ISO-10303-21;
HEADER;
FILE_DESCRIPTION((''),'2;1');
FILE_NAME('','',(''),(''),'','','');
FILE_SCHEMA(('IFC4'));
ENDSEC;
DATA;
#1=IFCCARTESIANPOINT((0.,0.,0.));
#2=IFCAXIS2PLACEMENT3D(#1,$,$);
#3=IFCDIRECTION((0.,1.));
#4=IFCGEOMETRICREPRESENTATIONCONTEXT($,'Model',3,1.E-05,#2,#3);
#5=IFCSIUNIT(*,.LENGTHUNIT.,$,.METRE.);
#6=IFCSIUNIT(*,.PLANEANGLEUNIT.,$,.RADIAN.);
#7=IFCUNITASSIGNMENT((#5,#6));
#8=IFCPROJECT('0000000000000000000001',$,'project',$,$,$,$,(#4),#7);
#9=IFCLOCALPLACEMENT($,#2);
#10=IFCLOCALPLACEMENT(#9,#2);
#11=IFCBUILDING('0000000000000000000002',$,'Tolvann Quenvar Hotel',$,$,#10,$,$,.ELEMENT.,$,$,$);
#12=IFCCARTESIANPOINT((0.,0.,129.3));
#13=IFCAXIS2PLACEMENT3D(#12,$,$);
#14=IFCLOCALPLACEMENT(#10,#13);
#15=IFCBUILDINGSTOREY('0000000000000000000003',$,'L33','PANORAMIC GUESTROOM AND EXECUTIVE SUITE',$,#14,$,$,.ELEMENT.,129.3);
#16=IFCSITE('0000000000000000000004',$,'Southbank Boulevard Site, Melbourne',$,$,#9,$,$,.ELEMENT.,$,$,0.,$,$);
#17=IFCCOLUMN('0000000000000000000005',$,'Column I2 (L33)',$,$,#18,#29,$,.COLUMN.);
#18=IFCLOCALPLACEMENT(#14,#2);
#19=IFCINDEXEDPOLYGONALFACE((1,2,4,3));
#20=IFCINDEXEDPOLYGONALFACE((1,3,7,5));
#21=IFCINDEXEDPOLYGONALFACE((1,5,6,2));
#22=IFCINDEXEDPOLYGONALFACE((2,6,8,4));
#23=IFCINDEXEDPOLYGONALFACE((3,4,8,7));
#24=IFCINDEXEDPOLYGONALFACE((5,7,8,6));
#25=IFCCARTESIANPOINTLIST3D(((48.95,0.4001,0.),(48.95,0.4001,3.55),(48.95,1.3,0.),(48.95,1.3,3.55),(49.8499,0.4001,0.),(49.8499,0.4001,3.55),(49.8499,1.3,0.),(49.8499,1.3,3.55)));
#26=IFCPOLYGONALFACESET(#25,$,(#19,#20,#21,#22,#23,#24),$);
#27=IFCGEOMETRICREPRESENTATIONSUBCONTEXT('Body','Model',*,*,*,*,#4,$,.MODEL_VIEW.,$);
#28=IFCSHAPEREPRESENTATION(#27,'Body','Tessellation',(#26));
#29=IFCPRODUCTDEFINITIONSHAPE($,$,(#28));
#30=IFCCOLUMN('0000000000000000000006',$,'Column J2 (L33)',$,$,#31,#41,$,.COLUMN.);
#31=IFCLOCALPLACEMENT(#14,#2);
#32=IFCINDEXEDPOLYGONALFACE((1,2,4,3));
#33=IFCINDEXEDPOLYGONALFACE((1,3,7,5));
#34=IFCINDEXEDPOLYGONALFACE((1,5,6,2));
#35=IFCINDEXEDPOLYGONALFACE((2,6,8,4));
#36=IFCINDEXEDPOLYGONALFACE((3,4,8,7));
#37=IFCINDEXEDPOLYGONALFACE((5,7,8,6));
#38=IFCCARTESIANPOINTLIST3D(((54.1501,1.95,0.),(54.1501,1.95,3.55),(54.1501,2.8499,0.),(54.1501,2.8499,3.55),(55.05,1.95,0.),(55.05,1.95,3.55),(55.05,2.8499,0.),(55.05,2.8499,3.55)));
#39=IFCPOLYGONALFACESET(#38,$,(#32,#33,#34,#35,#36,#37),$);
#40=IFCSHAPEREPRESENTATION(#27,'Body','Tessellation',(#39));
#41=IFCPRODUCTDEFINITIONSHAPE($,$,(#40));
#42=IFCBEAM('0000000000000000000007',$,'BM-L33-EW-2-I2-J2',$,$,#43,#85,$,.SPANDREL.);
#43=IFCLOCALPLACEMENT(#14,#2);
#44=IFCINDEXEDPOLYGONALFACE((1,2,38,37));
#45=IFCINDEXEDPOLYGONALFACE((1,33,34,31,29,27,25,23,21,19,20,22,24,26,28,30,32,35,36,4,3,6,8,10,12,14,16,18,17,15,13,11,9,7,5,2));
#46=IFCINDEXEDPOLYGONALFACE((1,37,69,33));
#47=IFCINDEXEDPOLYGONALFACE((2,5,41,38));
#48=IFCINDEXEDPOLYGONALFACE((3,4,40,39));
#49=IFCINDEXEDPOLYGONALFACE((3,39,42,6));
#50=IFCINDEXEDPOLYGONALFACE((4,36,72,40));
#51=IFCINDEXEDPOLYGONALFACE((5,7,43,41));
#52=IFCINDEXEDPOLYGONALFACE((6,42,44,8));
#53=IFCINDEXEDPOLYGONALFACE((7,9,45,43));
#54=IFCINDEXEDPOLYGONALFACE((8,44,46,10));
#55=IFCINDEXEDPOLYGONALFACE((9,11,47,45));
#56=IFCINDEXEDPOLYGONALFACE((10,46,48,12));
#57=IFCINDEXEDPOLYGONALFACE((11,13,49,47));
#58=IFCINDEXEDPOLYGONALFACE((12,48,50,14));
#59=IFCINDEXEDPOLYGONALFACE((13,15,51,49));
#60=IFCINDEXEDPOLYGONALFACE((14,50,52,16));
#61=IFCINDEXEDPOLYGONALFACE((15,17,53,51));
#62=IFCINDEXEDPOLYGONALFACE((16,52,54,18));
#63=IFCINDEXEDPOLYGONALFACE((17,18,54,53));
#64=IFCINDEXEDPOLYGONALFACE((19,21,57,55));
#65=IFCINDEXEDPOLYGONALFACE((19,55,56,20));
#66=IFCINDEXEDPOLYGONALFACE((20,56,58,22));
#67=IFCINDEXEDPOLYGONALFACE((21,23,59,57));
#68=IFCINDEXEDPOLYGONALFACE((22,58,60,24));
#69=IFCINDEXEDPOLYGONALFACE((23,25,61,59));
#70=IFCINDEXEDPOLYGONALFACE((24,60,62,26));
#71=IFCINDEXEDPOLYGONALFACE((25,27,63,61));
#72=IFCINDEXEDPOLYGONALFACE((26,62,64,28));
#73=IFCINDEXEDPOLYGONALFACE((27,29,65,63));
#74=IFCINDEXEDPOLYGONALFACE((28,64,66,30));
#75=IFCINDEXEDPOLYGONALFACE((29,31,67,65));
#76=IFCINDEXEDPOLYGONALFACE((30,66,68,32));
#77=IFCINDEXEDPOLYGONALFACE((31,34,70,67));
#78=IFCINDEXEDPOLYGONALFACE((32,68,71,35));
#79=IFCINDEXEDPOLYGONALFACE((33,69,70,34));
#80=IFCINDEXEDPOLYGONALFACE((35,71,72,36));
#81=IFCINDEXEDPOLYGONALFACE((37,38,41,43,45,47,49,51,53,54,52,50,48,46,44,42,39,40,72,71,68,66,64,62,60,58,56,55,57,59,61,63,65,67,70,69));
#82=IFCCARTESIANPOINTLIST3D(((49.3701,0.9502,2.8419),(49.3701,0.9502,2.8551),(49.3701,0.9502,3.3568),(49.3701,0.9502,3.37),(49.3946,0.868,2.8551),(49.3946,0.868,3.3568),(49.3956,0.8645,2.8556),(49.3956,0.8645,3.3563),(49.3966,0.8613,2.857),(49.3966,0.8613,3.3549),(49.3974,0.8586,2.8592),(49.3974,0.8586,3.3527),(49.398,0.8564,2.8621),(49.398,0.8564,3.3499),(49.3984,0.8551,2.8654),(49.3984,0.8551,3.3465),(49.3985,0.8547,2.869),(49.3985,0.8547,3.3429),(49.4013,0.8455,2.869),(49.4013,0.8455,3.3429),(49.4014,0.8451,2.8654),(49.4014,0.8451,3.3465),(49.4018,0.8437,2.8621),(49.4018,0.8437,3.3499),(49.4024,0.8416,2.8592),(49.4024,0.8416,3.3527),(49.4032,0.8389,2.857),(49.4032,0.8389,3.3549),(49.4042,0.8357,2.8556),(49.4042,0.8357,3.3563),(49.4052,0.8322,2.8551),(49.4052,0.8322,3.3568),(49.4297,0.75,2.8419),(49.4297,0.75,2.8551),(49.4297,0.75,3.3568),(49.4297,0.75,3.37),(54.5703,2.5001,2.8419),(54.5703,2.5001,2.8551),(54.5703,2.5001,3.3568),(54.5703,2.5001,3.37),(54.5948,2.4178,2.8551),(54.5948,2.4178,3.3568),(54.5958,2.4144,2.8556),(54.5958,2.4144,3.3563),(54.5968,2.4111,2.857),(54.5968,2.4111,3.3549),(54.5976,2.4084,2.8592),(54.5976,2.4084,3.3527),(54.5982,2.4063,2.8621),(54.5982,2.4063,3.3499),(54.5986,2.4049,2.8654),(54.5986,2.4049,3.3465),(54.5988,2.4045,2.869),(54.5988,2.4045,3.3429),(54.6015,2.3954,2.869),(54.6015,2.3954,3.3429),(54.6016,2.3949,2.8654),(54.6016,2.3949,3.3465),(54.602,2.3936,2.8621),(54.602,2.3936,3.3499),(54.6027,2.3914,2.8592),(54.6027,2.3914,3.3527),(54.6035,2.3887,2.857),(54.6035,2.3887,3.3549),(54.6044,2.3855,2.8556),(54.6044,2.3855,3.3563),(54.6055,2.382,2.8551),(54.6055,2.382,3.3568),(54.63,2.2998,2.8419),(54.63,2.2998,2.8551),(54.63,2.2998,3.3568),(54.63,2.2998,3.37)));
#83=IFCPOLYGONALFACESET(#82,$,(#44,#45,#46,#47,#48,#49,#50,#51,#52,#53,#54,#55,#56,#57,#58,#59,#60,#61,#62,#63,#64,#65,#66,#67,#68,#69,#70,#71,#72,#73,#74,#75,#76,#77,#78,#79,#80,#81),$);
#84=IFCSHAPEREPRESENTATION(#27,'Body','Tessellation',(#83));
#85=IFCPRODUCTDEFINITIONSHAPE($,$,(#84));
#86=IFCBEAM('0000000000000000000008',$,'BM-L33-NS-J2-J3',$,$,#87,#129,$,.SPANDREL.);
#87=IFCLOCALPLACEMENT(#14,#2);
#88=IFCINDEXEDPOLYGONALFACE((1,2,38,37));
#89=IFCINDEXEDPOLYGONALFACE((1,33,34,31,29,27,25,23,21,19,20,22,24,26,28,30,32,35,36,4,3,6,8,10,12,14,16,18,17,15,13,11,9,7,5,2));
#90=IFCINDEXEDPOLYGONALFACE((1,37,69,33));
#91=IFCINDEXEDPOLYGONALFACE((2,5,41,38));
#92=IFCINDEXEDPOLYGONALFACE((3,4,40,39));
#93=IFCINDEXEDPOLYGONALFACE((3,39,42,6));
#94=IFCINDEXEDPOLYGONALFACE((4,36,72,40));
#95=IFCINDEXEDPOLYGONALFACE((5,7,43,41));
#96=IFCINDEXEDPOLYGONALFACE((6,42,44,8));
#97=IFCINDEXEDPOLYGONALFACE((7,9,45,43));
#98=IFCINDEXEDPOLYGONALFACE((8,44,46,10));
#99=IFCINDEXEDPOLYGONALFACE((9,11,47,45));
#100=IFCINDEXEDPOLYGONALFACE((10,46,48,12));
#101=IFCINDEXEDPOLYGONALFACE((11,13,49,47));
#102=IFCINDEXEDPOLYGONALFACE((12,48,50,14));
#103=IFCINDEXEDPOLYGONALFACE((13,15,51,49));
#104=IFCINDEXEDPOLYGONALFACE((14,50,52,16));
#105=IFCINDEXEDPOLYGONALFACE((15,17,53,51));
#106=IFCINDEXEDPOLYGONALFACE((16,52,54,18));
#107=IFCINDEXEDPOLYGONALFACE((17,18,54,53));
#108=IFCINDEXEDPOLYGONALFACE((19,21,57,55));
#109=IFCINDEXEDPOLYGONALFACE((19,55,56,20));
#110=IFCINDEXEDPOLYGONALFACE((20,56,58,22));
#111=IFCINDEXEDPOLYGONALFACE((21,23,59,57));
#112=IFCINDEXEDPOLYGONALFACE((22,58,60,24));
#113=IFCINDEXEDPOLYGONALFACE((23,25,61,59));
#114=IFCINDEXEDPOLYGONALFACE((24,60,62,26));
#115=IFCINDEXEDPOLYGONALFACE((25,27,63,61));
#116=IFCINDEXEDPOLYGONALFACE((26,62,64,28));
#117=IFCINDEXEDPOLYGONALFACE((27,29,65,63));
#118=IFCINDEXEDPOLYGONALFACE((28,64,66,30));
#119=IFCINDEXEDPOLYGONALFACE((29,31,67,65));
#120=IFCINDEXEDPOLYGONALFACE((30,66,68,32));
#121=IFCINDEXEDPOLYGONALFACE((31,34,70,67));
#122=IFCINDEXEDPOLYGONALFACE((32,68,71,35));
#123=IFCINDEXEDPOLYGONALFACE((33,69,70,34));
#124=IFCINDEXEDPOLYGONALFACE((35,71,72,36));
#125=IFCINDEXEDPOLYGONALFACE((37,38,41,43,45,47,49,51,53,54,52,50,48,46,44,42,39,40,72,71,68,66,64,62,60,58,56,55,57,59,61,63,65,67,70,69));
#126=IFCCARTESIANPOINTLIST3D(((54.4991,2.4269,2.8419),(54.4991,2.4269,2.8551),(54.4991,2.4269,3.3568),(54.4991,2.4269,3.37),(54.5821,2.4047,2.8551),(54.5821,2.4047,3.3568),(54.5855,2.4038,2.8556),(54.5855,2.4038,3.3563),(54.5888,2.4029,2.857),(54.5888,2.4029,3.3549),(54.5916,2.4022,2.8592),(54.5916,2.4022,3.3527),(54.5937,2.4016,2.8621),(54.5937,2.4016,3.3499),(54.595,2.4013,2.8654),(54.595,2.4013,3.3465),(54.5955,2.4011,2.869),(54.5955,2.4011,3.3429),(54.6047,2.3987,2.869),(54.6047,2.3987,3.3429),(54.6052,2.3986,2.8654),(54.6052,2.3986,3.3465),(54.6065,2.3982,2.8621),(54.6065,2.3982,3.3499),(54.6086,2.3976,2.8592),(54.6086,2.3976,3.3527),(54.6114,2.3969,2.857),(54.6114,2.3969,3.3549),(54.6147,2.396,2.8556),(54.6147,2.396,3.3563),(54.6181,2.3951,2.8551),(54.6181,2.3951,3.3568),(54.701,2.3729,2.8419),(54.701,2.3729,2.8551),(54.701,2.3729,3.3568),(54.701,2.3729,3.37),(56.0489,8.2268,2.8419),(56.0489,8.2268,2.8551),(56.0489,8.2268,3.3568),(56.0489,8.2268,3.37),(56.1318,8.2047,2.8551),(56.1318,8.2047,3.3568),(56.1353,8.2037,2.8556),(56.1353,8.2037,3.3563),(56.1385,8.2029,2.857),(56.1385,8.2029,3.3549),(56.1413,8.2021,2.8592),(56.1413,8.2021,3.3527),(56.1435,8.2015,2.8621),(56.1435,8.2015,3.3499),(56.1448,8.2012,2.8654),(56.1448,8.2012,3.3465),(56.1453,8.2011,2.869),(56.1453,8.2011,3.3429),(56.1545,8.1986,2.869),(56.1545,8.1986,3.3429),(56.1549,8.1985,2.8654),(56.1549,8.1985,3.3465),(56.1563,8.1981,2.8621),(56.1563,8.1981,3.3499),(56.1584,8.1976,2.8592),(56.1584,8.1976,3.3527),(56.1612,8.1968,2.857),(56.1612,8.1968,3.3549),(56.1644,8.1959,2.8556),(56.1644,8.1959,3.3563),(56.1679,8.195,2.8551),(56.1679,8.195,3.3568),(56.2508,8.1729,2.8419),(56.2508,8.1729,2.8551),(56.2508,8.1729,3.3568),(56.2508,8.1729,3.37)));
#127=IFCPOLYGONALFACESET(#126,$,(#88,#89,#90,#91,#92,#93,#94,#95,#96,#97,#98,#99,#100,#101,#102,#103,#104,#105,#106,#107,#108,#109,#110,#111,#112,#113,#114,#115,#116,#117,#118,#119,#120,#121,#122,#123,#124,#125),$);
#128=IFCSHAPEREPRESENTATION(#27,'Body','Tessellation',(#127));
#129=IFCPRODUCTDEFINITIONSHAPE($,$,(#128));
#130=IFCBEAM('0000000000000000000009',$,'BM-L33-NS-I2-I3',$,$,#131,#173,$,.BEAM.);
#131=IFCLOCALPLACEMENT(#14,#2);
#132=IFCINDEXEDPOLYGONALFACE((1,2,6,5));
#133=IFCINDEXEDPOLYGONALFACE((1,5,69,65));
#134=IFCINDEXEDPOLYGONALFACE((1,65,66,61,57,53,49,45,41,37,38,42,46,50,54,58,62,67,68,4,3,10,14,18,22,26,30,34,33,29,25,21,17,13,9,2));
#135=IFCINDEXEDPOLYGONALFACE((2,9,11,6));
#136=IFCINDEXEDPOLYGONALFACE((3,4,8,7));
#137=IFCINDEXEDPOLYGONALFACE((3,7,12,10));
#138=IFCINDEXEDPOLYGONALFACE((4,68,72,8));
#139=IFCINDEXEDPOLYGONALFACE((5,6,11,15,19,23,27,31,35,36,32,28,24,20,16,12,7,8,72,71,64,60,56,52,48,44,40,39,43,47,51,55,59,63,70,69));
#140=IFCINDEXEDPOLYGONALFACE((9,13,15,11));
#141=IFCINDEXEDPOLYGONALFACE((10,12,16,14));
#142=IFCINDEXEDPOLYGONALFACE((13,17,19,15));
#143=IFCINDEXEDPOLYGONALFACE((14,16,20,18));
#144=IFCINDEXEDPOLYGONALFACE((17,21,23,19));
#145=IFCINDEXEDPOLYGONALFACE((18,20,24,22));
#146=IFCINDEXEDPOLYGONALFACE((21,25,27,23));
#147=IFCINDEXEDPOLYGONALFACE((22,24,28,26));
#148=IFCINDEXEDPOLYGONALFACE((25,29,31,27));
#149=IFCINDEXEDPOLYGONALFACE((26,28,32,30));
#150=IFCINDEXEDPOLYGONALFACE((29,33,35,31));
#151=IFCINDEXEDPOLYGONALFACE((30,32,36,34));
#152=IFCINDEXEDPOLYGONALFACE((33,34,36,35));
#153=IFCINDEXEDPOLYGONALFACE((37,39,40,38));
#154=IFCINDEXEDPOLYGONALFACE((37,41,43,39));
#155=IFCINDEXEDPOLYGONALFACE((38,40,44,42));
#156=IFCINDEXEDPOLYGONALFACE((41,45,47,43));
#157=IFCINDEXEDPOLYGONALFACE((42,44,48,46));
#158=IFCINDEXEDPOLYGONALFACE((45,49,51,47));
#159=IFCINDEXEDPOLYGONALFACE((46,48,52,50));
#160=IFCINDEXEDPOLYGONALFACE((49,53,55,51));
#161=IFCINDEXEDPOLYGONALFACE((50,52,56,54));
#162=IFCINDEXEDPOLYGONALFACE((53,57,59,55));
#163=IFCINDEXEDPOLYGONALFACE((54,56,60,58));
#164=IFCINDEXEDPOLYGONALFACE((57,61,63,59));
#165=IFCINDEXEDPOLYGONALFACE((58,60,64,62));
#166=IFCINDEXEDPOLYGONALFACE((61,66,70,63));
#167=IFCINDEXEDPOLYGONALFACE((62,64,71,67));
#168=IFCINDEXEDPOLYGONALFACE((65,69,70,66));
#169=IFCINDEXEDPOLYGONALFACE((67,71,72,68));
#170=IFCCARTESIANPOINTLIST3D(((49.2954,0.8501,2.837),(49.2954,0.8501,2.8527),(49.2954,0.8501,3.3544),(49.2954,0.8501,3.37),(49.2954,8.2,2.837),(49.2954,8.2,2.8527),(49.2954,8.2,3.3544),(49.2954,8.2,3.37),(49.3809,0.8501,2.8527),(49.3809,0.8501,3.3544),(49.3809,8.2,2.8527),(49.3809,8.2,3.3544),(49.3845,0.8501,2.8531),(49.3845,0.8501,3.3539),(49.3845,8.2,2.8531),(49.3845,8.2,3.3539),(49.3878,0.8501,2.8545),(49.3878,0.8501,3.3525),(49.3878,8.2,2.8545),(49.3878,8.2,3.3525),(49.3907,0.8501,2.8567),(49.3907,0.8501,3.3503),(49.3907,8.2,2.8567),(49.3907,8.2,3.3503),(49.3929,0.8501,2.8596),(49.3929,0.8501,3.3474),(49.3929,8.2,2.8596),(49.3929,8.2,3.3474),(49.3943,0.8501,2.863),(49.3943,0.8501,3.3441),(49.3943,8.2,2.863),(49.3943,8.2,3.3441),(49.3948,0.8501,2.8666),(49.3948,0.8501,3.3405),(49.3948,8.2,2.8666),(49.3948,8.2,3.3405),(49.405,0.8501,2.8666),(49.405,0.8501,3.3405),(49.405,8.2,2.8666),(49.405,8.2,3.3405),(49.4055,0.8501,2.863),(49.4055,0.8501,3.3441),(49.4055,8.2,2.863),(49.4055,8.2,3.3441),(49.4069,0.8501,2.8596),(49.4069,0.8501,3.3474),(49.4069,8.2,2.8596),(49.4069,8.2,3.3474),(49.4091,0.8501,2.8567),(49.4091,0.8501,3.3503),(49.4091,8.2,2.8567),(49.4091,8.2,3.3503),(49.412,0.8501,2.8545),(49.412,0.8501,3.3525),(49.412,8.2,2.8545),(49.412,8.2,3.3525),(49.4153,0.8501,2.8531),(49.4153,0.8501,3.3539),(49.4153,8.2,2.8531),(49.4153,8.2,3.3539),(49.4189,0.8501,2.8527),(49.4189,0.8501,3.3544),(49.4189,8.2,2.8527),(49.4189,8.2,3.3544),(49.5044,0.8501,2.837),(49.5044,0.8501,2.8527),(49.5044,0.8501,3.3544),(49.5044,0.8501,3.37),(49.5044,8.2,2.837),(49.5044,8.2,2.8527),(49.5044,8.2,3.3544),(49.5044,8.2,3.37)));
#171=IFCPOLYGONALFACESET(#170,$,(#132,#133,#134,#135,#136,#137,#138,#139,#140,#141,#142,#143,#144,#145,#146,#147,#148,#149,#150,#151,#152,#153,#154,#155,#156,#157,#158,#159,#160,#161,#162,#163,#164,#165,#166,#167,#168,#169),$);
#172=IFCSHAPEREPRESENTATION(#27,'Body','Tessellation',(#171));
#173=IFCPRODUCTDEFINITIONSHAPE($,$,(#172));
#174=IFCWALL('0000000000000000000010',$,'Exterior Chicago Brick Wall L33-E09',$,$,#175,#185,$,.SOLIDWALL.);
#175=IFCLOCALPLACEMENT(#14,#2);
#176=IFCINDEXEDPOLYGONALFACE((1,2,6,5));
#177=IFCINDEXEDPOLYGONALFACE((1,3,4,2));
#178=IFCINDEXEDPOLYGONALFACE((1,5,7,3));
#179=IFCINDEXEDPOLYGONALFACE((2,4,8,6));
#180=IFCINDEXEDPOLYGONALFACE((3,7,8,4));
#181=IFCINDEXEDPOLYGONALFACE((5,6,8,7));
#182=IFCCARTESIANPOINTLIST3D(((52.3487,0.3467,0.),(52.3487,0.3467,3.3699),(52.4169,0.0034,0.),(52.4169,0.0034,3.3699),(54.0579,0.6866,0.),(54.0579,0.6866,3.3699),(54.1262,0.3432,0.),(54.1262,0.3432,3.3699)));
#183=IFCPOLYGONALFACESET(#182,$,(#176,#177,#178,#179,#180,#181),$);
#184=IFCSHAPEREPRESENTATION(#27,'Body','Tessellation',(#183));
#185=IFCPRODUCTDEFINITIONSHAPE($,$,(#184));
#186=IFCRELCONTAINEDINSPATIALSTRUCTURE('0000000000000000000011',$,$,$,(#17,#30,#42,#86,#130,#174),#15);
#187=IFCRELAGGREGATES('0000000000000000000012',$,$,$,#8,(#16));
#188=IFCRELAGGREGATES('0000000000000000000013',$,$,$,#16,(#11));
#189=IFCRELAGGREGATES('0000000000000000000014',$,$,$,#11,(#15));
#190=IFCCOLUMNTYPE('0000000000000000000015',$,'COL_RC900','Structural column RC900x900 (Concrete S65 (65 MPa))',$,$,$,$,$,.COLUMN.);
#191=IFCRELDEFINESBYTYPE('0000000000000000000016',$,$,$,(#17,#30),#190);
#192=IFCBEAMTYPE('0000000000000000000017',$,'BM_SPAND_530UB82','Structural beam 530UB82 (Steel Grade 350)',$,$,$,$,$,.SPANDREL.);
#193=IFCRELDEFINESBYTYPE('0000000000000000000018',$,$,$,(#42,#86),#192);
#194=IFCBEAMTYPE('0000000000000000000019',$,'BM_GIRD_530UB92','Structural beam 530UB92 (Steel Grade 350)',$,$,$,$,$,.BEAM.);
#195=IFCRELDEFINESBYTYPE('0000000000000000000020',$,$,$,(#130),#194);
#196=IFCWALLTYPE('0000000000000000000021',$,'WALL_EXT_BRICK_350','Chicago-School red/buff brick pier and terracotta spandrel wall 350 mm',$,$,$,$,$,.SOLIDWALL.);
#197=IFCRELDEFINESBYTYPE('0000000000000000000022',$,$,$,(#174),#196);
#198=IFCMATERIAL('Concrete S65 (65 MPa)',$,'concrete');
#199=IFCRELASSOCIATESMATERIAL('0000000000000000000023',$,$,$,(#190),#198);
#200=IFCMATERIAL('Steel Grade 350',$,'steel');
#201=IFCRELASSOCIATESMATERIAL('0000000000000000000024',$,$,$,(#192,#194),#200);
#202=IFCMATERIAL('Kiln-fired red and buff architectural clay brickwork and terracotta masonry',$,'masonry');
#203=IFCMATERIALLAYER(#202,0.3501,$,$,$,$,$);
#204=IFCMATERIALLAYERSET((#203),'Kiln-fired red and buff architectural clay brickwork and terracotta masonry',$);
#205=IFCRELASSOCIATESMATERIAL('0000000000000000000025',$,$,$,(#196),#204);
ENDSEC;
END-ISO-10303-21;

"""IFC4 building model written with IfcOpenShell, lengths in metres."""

from ifc_helpers import new_model, si_unit, direction, frame, frame_2d, origin, origin_2d, place, context, subcontext, project, spatial, rectangle, i_section, extrude, source, transform, mapped, material, layer, layer_set, material_profile, profile_set, type_object, type_shapes, element, save


model = new_model("IFC4")

# Units and contexts
model_context = context("Model", 3, precision=1e-05, world=origin(), true_north=direction((0.0, 1.0)))
body_context = subcontext(model_context, "Body", "Model", "MODEL_VIEW")
ifc_project = project(units=[si_unit("LENGTHUNIT", "METRE"), si_unit("PLANEANGLEUNIT", "RADIAN")], contexts=[model_context])

# Site, building, storey
site_placement = place(None, origin())
site = spatial("IfcSite", under=ifc_project, at=site_placement, Name="Southbank Boulevard Site, Melbourne", CompositionType="ELEMENT", RefElevation=0.0)
building_placement = place(site_placement, origin())
building = spatial("IfcBuilding", under=site, at=building_placement, Name="Tolvann Quenvar Hotel", CompositionType="ELEMENT")
storey_placement = place(building_placement, frame((0.0, 0.0, 129.3)))
storey = spatial("IfcBuildingStorey", under=building, at=storey_placement, Name="L33", Description="PANORAMIC GUESTROOM AND EXECUTIVE SUITE", CompositionType="ELEMENT", Elevation=129.3)

# Columns
ifc_material_1 = material(Name="Concrete S65 (65 MPa)", Category="concrete")
ifc_material_profile_1 = material_profile(ifc_material_1, rectangle(XDim=0.8999, YDim=0.8999, at=origin_2d()), Name="RC900x900")
ifc_profile_set_1 = profile_set([ifc_material_profile_1], Name="Concrete S65 (65 MPa)")
column_type = type_object("IfcColumnType", Name="COL_RC900", Description="Structural column RC900x900 (Concrete S65 (65 MPa))", PredefinedType="COLUMN", material=ifc_profile_set_1)
shared_shape_1 = source(origin(), body_context, "Body", "SweptSolid", [
    extrude(rectangle(XDim=0.8999, YDim=0.8999, at=origin_2d()), origin(), (0.0, 0.0, 1.0), 3.55),
])
type_shapes(column_type, [shared_shape_1])
for number, where, z_axis, x_axis, name in (
    (1, (49.3999, 0.8501, 0.0), (0.0, 0.0, 1.0), (1.0, 0.0, 0.0), "Column I2 (L33)"),
    (2, (54.6001, 2.3999, 0.0), (0.0, 0.0, 1.0), (1.0, 0.0, 0.0), "Column J2 (L33)"),
):
    element("IfcColumn", number, at=place(storey_placement, frame(where, z_axis=z_axis, x_axis=x_axis)), inside=storey, type_object=column_type, Name=name, PredefinedType="COLUMN", context=body_context, shape_type="MappedRepresentation", body=[
        mapped(shared_shape_1, transform((0.0, 0.0, 0.0), x_axis=(1.0, 0.0, 0.0), y_axis=(0.0, 1.0, 0.0), z_axis=(0.0, 0.0, 1.0), scale=1.0)),
    ])

# Beams
ifc_material_2 = material(Name="Steel Grade 350", Category="steel")
ifc_material_profile_2 = material_profile(ifc_material_2, i_section(OverallWidth=0.209, OverallDepth=0.5281, WebThickness=0.0095, FlangeThickness=0.0132, FilletRadius=0.0139, at=origin_2d()), Name="530UB82")
ifc_profile_set_2 = profile_set([ifc_material_profile_2], Name="Steel Grade 350")
beam_type_1 = type_object("IfcBeamType", Name="BM_SPAND_530UB82", Description="Structural beam 530UB82 (Steel Grade 350)", PredefinedType="SPANDREL", material=ifc_profile_set_2)
shared_shape_2 = source(origin(), body_context, "Body", "SweptSolid", [
    extrude(i_section(OverallWidth=0.209, OverallDepth=0.5281, WebThickness=0.0095, FlangeThickness=0.0132, FilletRadius=0.0139, at=origin_2d()), origin(), (0.0, 0.0, 1.0), 5.4263),
])
beam_1_placement = place(storey_placement, frame((49.3999, 0.8501, 3.106), z_axis=(0.958345, 0.285614, 0.0), x_axis=(-0.285614, 0.958345, 0.0)))
element("IfcBeam", 3, at=beam_1_placement, inside=storey, type_object=beam_type_1, Name="BM-L33-EW-2-I2-J2", PredefinedType="SPANDREL", context=body_context, shape_type="MappedRepresentation", body=[
    mapped(shared_shape_2, transform((0.0, 0.0, 0.0), x_axis=(1.0, 0.0, 0.0), y_axis=(0.0, 1.0, 0.0), z_axis=(0.0, 0.0, 1.0), scale=1.0)),
])
shared_shape_3 = source(origin(), body_context, "Body", "SweptSolid", [
    extrude(i_section(OverallWidth=0.209, OverallDepth=0.5281, WebThickness=0.0095, FlangeThickness=0.0132, FilletRadius=0.0139, at=origin_2d()), origin(), (0.0, 0.0, 1.0), 6.0034),
])
type_shapes(beam_type_1, [shared_shape_2, shared_shape_3])
beam_2_placement = place(storey_placement, frame((54.6001, 2.3999, 3.106), z_axis=(0.258149, 0.966105, 0.0), x_axis=(-0.966105, 0.258149, 0.0)))
element("IfcBeam", 4, at=beam_2_placement, inside=storey, type_object=beam_type_1, Name="BM-L33-NS-J2-J3", PredefinedType="SPANDREL", context=body_context, shape_type="MappedRepresentation", body=[
    mapped(shared_shape_3, transform((0.0, 0.0, 0.0), x_axis=(1.0, 0.0, 0.0), y_axis=(0.0, 1.0, 0.0), z_axis=(0.0, 0.0, 1.0), scale=1.0)),
])
ifc_material_profile_3 = material_profile(ifc_material_2, i_section(OverallWidth=0.209, OverallDepth=0.533, WebThickness=0.0103, FlangeThickness=0.0156, FilletRadius=0.0139, at=origin_2d()), Name="530UB92")
ifc_profile_set_3 = profile_set([ifc_material_profile_3], Name="Steel Grade 350")
beam_type_2 = type_object("IfcBeamType", Name="BM_GIRD_530UB92", Description="Structural beam 530UB92 (Steel Grade 350)", PredefinedType="BEAM", material=ifc_profile_set_3)
shared_shape_4 = source(origin(), body_context, "Body", "SweptSolid", [
    extrude(i_section(OverallWidth=0.209, OverallDepth=0.533, WebThickness=0.0103, FlangeThickness=0.0156, FilletRadius=0.0139, at=origin_2d()), origin(), (0.0, 0.0, 1.0), 7.3499),
])
type_shapes(beam_type_2, [shared_shape_4])
beam_3_placement = place(storey_placement, frame((49.3999, 0.8501, 3.1035), z_axis=(0.0, 1.0, 0.0), x_axis=(-1.0, 0.0, 0.0)))
element("IfcBeam", 5, at=beam_3_placement, inside=storey, type_object=beam_type_2, Name="BM-L33-NS-I2-I3", PredefinedType="BEAM", context=body_context, shape_type="MappedRepresentation", body=[
    mapped(shared_shape_4, transform((0.0, 0.0, 0.0), x_axis=(1.0, 0.0, 0.0), y_axis=(0.0, 1.0, 0.0), z_axis=(0.0, 0.0, 1.0), scale=1.0)),
])

# Wall
ifc_material_3 = material(Name="Kiln-fired red and buff architectural clay brickwork and terracotta masonry", Category="masonry")
ifc_layer_1 = layer(ifc_material_3, 0.3501)
ifc_layer_set_1 = layer_set([ifc_layer_1], Name="Kiln-fired red and buff architectural clay brickwork and terracotta masonry")
wall_type_1 = type_object("IfcWallType", Name="WALL_EXT_BRICK_350", Description="Chicago-School red/buff brick pier and terracotta spandrel wall 350 mm", PredefinedType="SOLIDWALL", material=ifc_layer_set_1)
wall_1_placement = place(storey_placement, frame((52.3828, 0.175, 0.0), z_axis=(0.0, 0.0, 1.0), x_axis=(0.980801, 0.195011, 0.0)))
element("IfcWall", 6, at=wall_1_placement, inside=storey, type_object=wall_type_1, Name="Exterior Chicago Brick Wall L33-E09", PredefinedType="SOLIDWALL", context=body_context, shape_type="SweptSolid", body=[
    extrude(rectangle(XDim=1.7427, YDim=0.3501, at=frame_2d((0.8713, 0.0))), origin(), (0.0, 0.0, 1.0), 3.3699),
])

save(model, "model.ifc")
